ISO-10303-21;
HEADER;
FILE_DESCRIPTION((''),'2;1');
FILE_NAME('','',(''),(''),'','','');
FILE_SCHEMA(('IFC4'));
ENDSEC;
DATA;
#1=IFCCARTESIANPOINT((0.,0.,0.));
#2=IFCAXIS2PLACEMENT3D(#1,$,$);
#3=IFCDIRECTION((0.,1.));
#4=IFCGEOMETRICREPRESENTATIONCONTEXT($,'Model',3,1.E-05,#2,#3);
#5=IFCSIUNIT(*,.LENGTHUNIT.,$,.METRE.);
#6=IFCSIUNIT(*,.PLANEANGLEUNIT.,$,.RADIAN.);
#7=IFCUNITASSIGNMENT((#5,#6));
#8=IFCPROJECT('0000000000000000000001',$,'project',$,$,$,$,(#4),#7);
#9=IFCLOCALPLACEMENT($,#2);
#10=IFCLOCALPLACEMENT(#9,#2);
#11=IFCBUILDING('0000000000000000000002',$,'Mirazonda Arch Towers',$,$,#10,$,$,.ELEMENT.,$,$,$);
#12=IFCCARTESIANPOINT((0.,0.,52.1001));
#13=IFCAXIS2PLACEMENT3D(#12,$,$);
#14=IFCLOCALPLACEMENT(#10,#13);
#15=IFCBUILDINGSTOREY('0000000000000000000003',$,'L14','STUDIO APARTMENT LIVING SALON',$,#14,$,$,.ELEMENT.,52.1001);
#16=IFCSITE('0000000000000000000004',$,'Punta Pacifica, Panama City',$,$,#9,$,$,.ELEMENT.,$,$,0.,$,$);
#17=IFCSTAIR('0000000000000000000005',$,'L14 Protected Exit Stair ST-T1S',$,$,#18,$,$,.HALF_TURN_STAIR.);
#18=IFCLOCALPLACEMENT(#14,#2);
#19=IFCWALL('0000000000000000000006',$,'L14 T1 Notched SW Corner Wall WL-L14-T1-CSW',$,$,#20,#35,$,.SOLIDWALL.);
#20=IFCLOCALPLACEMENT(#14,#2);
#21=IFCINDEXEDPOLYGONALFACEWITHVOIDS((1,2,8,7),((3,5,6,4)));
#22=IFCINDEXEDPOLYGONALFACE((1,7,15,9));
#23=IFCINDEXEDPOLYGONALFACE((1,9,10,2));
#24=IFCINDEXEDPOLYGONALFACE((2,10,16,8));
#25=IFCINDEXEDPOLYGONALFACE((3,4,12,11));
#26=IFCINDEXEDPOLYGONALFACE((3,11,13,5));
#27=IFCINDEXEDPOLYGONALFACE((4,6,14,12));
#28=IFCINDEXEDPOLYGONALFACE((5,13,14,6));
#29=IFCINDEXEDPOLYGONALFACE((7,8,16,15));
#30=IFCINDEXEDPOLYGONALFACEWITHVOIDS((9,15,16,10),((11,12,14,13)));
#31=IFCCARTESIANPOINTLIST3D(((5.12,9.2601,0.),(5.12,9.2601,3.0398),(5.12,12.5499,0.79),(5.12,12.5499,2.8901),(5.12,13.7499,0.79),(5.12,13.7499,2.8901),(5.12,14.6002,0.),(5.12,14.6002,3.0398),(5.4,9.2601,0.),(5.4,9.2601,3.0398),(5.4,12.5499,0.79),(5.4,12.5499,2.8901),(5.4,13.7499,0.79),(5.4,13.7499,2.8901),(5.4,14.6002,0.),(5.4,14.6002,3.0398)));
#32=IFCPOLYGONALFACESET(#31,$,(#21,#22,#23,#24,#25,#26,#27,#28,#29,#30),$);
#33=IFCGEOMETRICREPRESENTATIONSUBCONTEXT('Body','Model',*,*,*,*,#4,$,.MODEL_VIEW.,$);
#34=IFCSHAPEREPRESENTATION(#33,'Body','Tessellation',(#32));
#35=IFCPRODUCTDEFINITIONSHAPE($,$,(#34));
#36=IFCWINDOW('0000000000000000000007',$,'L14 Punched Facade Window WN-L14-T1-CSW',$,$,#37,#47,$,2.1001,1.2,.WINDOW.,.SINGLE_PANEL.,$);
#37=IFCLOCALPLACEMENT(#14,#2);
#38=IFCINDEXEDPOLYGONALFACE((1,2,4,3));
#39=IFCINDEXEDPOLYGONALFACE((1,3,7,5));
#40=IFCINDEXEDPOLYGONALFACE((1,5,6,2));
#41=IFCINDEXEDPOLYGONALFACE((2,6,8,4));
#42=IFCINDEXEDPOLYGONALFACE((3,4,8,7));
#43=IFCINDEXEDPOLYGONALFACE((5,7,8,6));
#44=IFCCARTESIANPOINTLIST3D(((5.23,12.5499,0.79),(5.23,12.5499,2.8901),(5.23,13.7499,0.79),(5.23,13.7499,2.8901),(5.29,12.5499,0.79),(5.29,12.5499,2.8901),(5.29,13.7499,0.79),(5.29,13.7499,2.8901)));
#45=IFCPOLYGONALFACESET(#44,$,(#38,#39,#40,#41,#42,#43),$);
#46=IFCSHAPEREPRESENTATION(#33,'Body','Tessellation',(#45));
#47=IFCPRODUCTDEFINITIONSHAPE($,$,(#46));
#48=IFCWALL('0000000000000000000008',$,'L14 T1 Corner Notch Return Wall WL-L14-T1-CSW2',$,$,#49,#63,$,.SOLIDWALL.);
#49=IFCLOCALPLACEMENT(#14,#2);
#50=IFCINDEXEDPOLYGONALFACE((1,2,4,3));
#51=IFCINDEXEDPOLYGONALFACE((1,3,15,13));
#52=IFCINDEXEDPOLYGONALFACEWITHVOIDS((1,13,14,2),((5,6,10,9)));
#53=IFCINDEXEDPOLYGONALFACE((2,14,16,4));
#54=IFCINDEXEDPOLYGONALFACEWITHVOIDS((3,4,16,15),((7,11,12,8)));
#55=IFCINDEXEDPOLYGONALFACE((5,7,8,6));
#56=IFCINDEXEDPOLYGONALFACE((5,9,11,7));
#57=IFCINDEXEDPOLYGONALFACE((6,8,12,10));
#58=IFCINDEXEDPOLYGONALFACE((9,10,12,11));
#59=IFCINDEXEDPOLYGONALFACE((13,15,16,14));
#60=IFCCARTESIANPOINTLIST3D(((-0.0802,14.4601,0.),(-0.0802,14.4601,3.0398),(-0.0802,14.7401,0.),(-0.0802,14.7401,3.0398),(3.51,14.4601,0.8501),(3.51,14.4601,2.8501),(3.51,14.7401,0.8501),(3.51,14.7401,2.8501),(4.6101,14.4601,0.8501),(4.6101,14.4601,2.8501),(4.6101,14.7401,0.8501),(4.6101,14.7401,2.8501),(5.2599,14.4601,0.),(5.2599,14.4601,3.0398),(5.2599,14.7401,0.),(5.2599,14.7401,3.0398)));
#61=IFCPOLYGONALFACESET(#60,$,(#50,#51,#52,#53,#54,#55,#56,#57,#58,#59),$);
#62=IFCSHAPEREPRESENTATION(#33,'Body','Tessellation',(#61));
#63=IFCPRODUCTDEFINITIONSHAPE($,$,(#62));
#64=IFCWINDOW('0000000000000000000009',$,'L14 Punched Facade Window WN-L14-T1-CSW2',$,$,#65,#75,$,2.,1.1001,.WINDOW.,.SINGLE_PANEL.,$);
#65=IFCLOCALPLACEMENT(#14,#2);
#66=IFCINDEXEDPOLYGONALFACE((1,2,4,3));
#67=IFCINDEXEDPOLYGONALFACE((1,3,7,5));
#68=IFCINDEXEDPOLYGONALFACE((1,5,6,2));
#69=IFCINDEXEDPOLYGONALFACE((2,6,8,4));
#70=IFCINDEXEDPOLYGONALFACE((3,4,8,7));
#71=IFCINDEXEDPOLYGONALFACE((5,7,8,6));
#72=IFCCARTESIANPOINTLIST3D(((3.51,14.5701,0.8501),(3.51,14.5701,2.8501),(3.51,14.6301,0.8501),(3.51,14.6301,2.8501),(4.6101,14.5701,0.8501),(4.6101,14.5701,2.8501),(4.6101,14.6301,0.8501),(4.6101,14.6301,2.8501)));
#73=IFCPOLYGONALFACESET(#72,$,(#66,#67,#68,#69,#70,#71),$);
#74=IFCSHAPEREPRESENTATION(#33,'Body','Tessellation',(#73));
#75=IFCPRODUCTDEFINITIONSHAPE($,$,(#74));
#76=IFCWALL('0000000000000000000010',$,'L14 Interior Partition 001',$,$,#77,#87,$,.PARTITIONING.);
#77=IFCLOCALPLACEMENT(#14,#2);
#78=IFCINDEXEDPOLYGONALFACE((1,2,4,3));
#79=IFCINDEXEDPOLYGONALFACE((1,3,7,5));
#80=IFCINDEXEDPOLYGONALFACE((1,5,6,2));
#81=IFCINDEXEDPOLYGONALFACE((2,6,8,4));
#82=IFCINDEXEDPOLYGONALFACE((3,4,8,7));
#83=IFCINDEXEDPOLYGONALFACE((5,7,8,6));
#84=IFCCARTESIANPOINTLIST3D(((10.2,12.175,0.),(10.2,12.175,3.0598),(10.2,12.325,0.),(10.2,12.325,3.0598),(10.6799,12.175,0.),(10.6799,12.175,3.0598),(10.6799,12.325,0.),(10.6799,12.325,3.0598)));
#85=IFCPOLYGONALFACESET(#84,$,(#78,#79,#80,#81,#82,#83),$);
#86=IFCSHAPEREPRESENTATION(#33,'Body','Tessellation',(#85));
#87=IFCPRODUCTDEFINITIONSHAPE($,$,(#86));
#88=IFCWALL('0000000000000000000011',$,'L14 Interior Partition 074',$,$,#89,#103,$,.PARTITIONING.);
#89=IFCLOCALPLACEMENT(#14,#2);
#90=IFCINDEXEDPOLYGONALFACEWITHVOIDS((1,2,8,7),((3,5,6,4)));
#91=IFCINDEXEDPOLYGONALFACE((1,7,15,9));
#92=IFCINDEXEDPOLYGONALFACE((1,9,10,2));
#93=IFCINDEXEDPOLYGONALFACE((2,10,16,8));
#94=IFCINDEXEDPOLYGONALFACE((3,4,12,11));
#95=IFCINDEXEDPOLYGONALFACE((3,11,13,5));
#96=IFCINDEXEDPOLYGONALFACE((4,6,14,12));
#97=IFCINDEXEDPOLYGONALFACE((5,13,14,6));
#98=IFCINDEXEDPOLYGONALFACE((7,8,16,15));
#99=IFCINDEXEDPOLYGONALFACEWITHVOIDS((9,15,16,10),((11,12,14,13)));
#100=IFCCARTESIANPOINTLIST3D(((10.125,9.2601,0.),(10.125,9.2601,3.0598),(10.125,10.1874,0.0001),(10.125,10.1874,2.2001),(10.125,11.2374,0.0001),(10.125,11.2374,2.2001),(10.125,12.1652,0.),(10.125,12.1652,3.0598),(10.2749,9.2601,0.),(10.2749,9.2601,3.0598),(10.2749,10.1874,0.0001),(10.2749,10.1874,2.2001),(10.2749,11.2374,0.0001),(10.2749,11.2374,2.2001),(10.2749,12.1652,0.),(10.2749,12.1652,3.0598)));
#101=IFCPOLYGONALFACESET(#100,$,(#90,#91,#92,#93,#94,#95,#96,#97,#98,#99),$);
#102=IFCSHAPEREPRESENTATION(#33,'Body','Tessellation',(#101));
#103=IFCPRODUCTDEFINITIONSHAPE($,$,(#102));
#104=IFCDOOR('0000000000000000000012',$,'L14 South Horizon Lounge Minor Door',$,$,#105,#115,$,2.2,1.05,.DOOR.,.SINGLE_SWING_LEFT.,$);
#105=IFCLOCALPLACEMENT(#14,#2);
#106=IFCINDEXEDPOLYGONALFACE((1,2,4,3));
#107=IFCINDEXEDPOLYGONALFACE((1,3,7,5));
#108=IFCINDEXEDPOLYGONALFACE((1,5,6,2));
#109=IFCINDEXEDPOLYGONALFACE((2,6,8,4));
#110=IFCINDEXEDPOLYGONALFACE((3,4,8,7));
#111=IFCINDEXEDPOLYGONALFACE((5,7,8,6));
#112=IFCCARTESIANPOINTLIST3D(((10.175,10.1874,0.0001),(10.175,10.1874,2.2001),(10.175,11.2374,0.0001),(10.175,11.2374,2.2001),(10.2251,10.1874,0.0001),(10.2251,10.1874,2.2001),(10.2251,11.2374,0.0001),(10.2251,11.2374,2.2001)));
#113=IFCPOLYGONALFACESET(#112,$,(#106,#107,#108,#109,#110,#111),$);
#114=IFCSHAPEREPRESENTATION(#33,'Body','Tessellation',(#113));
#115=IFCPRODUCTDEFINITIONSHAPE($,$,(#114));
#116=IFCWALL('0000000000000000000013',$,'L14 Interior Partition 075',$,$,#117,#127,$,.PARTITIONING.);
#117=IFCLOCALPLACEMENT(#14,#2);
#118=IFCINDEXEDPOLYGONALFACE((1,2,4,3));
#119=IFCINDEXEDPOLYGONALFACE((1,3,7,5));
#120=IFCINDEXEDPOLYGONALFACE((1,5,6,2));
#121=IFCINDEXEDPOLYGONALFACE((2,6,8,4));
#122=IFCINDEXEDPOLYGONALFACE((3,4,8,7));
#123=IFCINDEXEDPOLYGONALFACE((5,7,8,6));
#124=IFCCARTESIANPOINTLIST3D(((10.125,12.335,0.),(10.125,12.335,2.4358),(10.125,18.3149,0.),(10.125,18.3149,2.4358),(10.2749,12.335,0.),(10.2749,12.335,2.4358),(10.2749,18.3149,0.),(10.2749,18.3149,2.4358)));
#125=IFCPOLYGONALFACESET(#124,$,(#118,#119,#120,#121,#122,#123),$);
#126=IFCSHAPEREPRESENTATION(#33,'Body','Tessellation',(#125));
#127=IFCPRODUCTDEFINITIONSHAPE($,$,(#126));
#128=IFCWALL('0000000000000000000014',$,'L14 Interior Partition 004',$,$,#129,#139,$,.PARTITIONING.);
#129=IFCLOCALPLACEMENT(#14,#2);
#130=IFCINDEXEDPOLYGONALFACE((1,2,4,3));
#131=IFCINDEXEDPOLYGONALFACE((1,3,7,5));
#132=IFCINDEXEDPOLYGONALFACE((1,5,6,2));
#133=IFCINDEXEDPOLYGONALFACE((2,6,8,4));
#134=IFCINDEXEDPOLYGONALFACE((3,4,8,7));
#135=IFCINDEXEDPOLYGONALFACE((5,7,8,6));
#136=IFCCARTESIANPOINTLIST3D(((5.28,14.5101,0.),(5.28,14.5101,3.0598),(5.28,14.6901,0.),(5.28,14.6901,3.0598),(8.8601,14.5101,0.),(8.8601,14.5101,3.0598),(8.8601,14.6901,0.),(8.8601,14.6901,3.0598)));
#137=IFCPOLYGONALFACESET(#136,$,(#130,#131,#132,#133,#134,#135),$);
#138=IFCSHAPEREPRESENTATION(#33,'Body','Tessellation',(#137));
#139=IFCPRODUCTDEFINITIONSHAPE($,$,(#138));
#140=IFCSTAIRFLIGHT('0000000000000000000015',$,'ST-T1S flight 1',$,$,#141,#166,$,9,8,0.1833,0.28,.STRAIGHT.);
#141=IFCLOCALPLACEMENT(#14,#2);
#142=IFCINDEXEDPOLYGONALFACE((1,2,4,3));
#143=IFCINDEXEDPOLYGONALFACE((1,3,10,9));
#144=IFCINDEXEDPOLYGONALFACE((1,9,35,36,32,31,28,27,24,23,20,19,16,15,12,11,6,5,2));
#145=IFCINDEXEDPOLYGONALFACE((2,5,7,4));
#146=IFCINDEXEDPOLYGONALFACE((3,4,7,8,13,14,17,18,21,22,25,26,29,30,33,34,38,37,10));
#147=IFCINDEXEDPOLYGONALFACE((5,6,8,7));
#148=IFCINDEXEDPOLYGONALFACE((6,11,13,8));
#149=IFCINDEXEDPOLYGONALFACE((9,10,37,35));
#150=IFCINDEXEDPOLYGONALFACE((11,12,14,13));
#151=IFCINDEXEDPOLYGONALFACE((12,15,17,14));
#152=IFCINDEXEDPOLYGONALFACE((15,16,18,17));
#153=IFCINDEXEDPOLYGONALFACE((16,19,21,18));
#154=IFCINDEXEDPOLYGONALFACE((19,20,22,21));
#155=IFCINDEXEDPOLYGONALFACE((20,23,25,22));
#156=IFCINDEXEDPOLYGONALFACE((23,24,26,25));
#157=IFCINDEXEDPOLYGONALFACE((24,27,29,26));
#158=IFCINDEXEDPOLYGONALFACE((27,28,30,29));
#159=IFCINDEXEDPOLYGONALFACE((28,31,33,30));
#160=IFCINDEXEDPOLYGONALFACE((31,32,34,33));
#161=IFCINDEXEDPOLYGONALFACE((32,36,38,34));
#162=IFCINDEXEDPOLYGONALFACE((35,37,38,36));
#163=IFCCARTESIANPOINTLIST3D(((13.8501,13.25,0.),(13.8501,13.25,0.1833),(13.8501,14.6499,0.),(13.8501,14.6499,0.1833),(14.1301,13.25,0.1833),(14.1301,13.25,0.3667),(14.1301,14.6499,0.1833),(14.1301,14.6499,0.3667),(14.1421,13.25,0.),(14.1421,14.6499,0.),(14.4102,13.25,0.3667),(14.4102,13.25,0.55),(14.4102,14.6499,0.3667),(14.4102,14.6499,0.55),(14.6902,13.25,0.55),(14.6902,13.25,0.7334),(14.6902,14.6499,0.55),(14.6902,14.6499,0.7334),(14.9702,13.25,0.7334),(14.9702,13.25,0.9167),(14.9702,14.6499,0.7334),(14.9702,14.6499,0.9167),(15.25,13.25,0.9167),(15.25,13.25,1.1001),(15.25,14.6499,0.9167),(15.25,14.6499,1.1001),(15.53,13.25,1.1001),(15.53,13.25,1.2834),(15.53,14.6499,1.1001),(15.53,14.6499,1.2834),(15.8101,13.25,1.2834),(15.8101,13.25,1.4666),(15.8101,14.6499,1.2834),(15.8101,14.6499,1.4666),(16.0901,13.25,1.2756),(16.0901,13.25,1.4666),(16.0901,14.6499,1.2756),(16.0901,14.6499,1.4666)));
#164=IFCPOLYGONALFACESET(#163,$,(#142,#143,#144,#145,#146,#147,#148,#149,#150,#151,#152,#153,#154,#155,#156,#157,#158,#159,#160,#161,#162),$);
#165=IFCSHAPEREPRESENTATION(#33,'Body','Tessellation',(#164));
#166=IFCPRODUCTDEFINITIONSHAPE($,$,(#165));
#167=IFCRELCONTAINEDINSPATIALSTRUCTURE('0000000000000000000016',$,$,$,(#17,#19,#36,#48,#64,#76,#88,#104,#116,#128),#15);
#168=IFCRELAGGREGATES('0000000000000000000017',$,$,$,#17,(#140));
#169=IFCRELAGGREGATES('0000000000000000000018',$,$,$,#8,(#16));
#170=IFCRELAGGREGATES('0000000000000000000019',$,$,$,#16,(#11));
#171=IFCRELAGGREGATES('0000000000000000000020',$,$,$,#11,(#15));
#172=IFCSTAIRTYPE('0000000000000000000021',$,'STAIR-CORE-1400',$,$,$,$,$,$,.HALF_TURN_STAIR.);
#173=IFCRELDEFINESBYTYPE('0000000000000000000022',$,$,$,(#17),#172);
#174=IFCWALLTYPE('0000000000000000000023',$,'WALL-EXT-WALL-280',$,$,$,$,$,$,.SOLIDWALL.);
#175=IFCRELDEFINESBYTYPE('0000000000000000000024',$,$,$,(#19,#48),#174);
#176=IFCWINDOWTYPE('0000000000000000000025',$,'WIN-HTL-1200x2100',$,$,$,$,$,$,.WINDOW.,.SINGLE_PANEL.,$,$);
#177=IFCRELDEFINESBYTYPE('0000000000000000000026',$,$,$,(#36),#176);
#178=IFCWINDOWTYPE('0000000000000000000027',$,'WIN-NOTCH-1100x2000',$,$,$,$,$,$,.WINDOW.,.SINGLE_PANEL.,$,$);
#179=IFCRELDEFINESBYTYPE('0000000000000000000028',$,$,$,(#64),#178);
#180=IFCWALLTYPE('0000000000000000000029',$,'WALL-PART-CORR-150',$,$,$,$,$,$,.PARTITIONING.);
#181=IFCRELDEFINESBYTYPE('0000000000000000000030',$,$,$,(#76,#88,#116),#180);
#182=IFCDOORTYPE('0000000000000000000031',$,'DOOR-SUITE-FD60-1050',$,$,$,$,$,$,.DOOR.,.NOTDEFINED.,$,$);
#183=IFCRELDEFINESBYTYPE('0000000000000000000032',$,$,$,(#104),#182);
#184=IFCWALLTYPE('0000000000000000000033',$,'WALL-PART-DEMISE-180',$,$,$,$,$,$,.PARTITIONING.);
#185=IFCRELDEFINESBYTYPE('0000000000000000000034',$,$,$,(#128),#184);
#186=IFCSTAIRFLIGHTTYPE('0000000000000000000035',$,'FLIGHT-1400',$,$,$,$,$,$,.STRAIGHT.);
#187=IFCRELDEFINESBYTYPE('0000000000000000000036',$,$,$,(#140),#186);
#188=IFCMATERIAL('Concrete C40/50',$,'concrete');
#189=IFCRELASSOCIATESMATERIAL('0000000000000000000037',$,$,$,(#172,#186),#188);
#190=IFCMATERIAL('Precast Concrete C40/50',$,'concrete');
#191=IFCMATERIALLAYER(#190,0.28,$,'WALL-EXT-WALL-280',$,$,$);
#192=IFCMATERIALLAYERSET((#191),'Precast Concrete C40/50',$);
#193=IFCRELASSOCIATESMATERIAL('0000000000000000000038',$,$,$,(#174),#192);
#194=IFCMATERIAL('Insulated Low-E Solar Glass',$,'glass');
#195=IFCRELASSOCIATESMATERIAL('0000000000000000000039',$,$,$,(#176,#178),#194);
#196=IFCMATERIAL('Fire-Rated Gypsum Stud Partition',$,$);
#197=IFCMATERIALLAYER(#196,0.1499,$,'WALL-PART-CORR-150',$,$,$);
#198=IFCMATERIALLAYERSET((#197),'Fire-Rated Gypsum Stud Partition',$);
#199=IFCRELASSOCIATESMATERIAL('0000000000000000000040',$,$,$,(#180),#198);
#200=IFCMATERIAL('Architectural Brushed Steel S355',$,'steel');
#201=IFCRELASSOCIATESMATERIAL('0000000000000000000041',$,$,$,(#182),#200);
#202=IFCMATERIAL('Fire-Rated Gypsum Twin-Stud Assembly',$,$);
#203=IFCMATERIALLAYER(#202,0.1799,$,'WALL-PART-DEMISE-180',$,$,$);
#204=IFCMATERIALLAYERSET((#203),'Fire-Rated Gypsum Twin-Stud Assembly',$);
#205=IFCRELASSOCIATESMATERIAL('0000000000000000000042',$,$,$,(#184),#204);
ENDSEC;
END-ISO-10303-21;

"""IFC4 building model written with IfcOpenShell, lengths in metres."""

from ifc_helpers import new_model, si_unit, direction, frame, frame_2d, origin, place, context, subcontext, project, spatial, polyline, rectangle, outline, extrude, material, layer, layer_set, type_object, element, fill, aggregate, save


model = new_model("IFC4")

# Units and contexts
model_context = context("Model", 3, precision=1e-05, world=origin(), true_north=direction((0.0, 1.0)))
body_context = subcontext(model_context, "Body", "Model", "MODEL_VIEW")
ifc_project = project(units=[si_unit("LENGTHUNIT", "METRE"), si_unit("PLANEANGLEUNIT", "RADIAN")], contexts=[model_context])

# Site, building, storey
site_placement = place(None, origin())
site = spatial("IfcSite", under=ifc_project, at=site_placement, Name="Punta Pacifica, Panama City", CompositionType="ELEMENT", RefElevation=0.0)
building_placement = place(site_placement, origin())
building = spatial("IfcBuilding", under=site, at=building_placement, Name="Mirazonda Arch Towers", CompositionType="ELEMENT")
storey_placement = place(building_placement, frame((0.0, 0.0, 52.1001)))
storey = spatial("IfcBuildingStorey", under=building, at=storey_placement, Name="L14", Description="STUDIO APARTMENT LIVING SALON", CompositionType="ELEMENT", Elevation=52.1001)

# Shared definitions
ifc_material_1 = material(Name="Insulated Low-E Solar Glass", Category="glass")

# Stair
ifc_material_2 = material(Name="Concrete C40/50", Category="concrete")
stair_type = type_object("IfcStairType", Name="STAIR-CORE-1400", PredefinedType="HALF_TURN_STAIR", material=ifc_material_2)
stair_1_placement = place(storey_placement, origin())
stair_1 = element("IfcStair", 1, at=stair_1_placement, inside=storey, type_object=stair_type, Name="L14 Protected Exit Stair ST-T1S", PredefinedType="HALF_TURN_STAIR")

# Walls, openings, windows
ifc_material_3 = material(Name="Precast Concrete C40/50", Category="concrete")
ifc_layer_1 = layer(ifc_material_3, 0.28, Name="WALL-EXT-WALL-280")
ifc_layer_set_1 = layer_set([ifc_layer_1], Name="Precast Concrete C40/50")
wall_type_1 = type_object("IfcWallType", Name="WALL-EXT-WALL-280", PredefinedType="SOLIDWALL", material=ifc_layer_set_1)
wall_1_placement = place(storey_placement, frame((5.26, 14.6001, 0.0), z_axis=(0.0, 0.0, 1.0), x_axis=(0.0, -1.0, 0.0)))
wall_1 = element("IfcWall", 2, at=wall_1_placement, inside=storey, type_object=wall_type_1, Name="L14 T1 Notched SW Corner Wall WL-L14-T1-CSW", PredefinedType="SOLIDWALL", context=body_context, shape_type="SweptSolid", body=[
    extrude(rectangle(XDim=5.3401, YDim=0.28, at=frame_2d((2.6699, 0.0))), origin(), (0.0, 0.0, 1.0), 3.0398),
])
opening_1_placement = place(wall_1_placement, frame((0.8501, 0.0, 0.79)))
opening_1 = element("IfcOpeningElement", 3, at=opening_1_placement, cuts=wall_1, PredefinedType="OPENING", context=body_context, shape_type="SweptSolid", body=[
    extrude(rectangle(XDim=1.2, YDim=2.1001, at=frame_2d((0.6001, 1.05))), frame((0.0, 0.1499, 0.0), z_axis=(0.0, -1.0, 0.0), x_axis=(1.0, 0.0, 0.0)), (0.0, 0.0, 1.0), 0.3),
])
window_type_1 = type_object("IfcWindowType", Name="WIN-HTL-1200x2100", PartitioningType="SINGLE_PANEL", PredefinedType="WINDOW", material=ifc_material_1)
window_1_placement = place(opening_1_placement, origin())
window_1 = element("IfcWindow", 4, at=window_1_placement, inside=storey, type_object=window_type_1, Name="L14 Punched Facade Window WN-L14-T1-CSW", OverallHeight=2.1001, OverallWidth=1.2, PartitioningType="SINGLE_PANEL", PredefinedType="WINDOW", context=body_context, shape_type="SweptSolid", body=[
    extrude(rectangle(XDim=1.2, YDim=2.1001, at=frame_2d((0.6001, 1.05))), frame((0.0, 0.03, 0.0), z_axis=(0.0, -1.0, 0.0), x_axis=(1.0, 0.0, 0.0)), (0.0, 0.0, 1.0), 0.0601),
])
fill(opening_1, window_1)
wall_2_placement = place(storey_placement, frame((-0.0801, 14.6001, 0.0), z_axis=(0.0, 0.0, 1.0), x_axis=(1.0, 0.0, 0.0)))
wall_2 = element("IfcWall", 5, at=wall_2_placement, inside=storey, type_object=wall_type_1, Name="L14 T1 Corner Notch Return Wall WL-L14-T1-CSW2", PredefinedType="SOLIDWALL", context=body_context, shape_type="SweptSolid", body=[
    extrude(rectangle(XDim=5.3401, YDim=0.28, at=frame_2d((2.6699, 0.0))), origin(), (0.0, 0.0, 1.0), 3.0398),
])
opening_2_placement = place(wall_2_placement, frame((3.5901, 0.0, 0.8501)))
opening_2 = element("IfcOpeningElement", 6, at=opening_2_placement, cuts=wall_2, PredefinedType="OPENING", context=body_context, shape_type="SweptSolid", body=[
    extrude(rectangle(XDim=1.1001, YDim=2.0, at=frame_2d((0.55, 1.0))), frame((0.0, 0.1499, 0.0), z_axis=(0.0, -1.0, 0.0), x_axis=(1.0, 0.0, 0.0)), (0.0, 0.0, 1.0), 0.3),
])
window_type_2 = type_object("IfcWindowType", Name="WIN-NOTCH-1100x2000", PartitioningType="SINGLE_PANEL", PredefinedType="WINDOW", material=ifc_material_1)
window_2_placement = place(opening_2_placement, origin())
window_2 = element("IfcWindow", 7, at=window_2_placement, inside=storey, type_object=window_type_2, Name="L14 Punched Facade Window WN-L14-T1-CSW2", OverallHeight=2.0, OverallWidth=1.1001, PartitioningType="SINGLE_PANEL", PredefinedType="WINDOW", context=body_context, shape_type="SweptSolid", body=[
    extrude(rectangle(XDim=1.1001, YDim=2.0, at=frame_2d((0.55, 1.0))), frame((0.0, 0.03, 0.0), z_axis=(0.0, -1.0, 0.0), x_axis=(1.0, 0.0, 0.0)), (0.0, 0.0, 1.0), 0.0601),
])
fill(opening_2, window_2)

# Wall
ifc_material_4 = material(Name="Fire-Rated Gypsum Stud Partition")
ifc_layer_2 = layer(ifc_material_4, 0.1499, Name="WALL-PART-CORR-150")
ifc_layer_set_2 = layer_set([ifc_layer_2], Name="Fire-Rated Gypsum Stud Partition")
wall_type_2 = type_object("IfcWallType", Name="WALL-PART-CORR-150", PredefinedType="PARTITIONING", material=ifc_layer_set_2)
wall_3_placement = place(storey_placement, frame((10.2, 12.25, 0.0), z_axis=(0.0, 0.0, 1.0), x_axis=(1.0, 0.0, 0.0)))
element("IfcWall", 8, at=wall_3_placement, inside=storey, type_object=wall_type_2, Name="L14 Interior Partition 001", PredefinedType="PARTITIONING", context=body_context, shape_type="SweptSolid", body=[
    extrude(rectangle(XDim=0.48, YDim=0.1499, at=frame_2d((0.24, 0.0))), origin(), (0.0, 0.0, 1.0), 3.0598),
])

# Wall, opening, door
wall_4_placement = place(storey_placement, frame((10.2, 9.26, 0.0), z_axis=(0.0, 0.0, 1.0), x_axis=(0.0, 1.0, 0.0)))
wall_4 = element("IfcWall", 9, at=wall_4_placement, inside=storey, type_object=wall_type_2, Name="L14 Interior Partition 074", PredefinedType="PARTITIONING", context=body_context, shape_type="SweptSolid", body=[
    extrude(rectangle(XDim=2.905, YDim=0.1499, at=frame_2d((1.4526, 0.0))), origin(), (0.0, 0.0, 1.0), 3.0598),
])
opening_3_placement = place(wall_4_placement, frame((0.9275, 0.0, 0.0)))
opening_3 = element("IfcOpeningElement", 10, at=opening_3_placement, cuts=wall_4, PredefinedType="OPENING", context=body_context, shape_type="SweptSolid", body=[
    extrude(rectangle(XDim=1.05, YDim=2.2, at=frame_2d((0.5249, 1.1001))), frame((0.0, 0.085, 0.0), z_axis=(0.0, -1.0, 0.0), x_axis=(1.0, 0.0, 0.0)), (0.0, 0.0, 1.0), 0.1699),
])
ifc_material_5 = material(Name="Architectural Brushed Steel S355", Category="steel")
door_type_1 = type_object("IfcDoorType", Name="DOOR-SUITE-FD60-1050", OperationType="NOTDEFINED", PredefinedType="DOOR", material=ifc_material_5)
door_1_placement = place(opening_3_placement, origin())
door_1 = element("IfcDoor", 11, at=door_1_placement, inside=storey, type_object=door_type_1, Name="L14 South Horizon Lounge Minor Door", OperationType="SINGLE_SWING_LEFT", OverallHeight=2.2, OverallWidth=1.05, PredefinedType="DOOR", context=body_context, shape_type="SweptSolid", body=[
    extrude(rectangle(XDim=1.05, YDim=2.2, at=frame_2d((0.5249, 1.1001))), frame((0.0, 0.0249, 0.0), z_axis=(0.0, -1.0, 0.0), x_axis=(1.0, 0.0, 0.0)), (0.0, 0.0, 1.0), 0.05),
])
fill(opening_3, door_1)

# Walls
wall_5_placement = place(storey_placement, frame((10.2, 12.335, 0.0), z_axis=(0.0, 0.0, 1.0), x_axis=(0.0, 1.0, 0.0)))
element("IfcWall", 12, at=wall_5_placement, inside=storey, type_object=wall_type_2, Name="L14 Interior Partition 075", PredefinedType="PARTITIONING", context=body_context, shape_type="SweptSolid", body=[
    extrude(rectangle(XDim=5.98, YDim=0.1499, at=frame_2d((2.99, 0.0))), origin(), (0.0, 0.0, 1.0), 2.4358),
])
ifc_material_6 = material(Name="Fire-Rated Gypsum Twin-Stud Assembly")
ifc_layer_3 = layer(ifc_material_6, 0.1799, Name="WALL-PART-DEMISE-180")
ifc_layer_set_3 = layer_set([ifc_layer_3], Name="Fire-Rated Gypsum Twin-Stud Assembly")
wall_type_3 = type_object("IfcWallType", Name="WALL-PART-DEMISE-180", PredefinedType="PARTITIONING", material=ifc_layer_set_3)
wall_6_placement = place(storey_placement, frame((5.28, 14.6001, 0.0), z_axis=(0.0, 0.0, 1.0), x_axis=(1.0, 0.0, 0.0)))
element("IfcWall", 13, at=wall_6_placement, inside=storey, type_object=wall_type_3, Name="L14 Interior Partition 004", PredefinedType="PARTITIONING", context=body_context, shape_type="SweptSolid", body=[
    extrude(rectangle(XDim=3.5801, YDim=0.1799, at=frame_2d((1.79, 0.0))), origin(), (0.0, 0.0, 1.0), 3.0598),
])

# Stair flight
stair_flight_type = type_object("IfcStairFlightType", Name="FLIGHT-1400", PredefinedType="STRAIGHT", material=ifc_material_2)
stair_flight_placement = place(storey_placement, frame((13.8501, 13.95, 0.0), z_axis=(0.0, 0.0, 1.0), x_axis=(1.0, 0.0, 0.0)))
stair_flight = element("IfcStairFlight", 14, at=stair_flight_placement, type_object=stair_flight_type, Name="ST-T1S flight 1", NumberOfRisers=9, NumberOfTreads=8, PredefinedType="STRAIGHT", RiserHeight=0.1833, TreadLength=0.28, context=body_context, shape_type="SweptSolid", body=[
    extrude(outline(polyline([(0.0, 0.0), (0.0, 0.1833), (0.28, 0.1833), (0.28, 0.3667), (0.5601, 0.3667), (0.5601, 0.55), (0.8401, 0.55), (0.8401, 0.7334), (1.1201, 0.7334), (1.1201, 0.9167), (1.3999, 0.9167), (1.3999, 1.1001), (1.6799, 1.1001), (1.6799, 1.2834), (1.96, 1.2834), (1.96, 1.4666), (2.24, 1.4666), (2.24, 1.6499), (2.24, 1.2756), (0.292, 0.0), (0.0, 0.0)])), frame((0.0, 0.7, 0.0), z_axis=(0.0, -1.0, 0.0), x_axis=(1.0, 0.0, 0.0)), (0.0, 0.0, 1.0), 1.3999),
])
aggregate(stair_1, [stair_flight])

save(model, "model.ifc")
